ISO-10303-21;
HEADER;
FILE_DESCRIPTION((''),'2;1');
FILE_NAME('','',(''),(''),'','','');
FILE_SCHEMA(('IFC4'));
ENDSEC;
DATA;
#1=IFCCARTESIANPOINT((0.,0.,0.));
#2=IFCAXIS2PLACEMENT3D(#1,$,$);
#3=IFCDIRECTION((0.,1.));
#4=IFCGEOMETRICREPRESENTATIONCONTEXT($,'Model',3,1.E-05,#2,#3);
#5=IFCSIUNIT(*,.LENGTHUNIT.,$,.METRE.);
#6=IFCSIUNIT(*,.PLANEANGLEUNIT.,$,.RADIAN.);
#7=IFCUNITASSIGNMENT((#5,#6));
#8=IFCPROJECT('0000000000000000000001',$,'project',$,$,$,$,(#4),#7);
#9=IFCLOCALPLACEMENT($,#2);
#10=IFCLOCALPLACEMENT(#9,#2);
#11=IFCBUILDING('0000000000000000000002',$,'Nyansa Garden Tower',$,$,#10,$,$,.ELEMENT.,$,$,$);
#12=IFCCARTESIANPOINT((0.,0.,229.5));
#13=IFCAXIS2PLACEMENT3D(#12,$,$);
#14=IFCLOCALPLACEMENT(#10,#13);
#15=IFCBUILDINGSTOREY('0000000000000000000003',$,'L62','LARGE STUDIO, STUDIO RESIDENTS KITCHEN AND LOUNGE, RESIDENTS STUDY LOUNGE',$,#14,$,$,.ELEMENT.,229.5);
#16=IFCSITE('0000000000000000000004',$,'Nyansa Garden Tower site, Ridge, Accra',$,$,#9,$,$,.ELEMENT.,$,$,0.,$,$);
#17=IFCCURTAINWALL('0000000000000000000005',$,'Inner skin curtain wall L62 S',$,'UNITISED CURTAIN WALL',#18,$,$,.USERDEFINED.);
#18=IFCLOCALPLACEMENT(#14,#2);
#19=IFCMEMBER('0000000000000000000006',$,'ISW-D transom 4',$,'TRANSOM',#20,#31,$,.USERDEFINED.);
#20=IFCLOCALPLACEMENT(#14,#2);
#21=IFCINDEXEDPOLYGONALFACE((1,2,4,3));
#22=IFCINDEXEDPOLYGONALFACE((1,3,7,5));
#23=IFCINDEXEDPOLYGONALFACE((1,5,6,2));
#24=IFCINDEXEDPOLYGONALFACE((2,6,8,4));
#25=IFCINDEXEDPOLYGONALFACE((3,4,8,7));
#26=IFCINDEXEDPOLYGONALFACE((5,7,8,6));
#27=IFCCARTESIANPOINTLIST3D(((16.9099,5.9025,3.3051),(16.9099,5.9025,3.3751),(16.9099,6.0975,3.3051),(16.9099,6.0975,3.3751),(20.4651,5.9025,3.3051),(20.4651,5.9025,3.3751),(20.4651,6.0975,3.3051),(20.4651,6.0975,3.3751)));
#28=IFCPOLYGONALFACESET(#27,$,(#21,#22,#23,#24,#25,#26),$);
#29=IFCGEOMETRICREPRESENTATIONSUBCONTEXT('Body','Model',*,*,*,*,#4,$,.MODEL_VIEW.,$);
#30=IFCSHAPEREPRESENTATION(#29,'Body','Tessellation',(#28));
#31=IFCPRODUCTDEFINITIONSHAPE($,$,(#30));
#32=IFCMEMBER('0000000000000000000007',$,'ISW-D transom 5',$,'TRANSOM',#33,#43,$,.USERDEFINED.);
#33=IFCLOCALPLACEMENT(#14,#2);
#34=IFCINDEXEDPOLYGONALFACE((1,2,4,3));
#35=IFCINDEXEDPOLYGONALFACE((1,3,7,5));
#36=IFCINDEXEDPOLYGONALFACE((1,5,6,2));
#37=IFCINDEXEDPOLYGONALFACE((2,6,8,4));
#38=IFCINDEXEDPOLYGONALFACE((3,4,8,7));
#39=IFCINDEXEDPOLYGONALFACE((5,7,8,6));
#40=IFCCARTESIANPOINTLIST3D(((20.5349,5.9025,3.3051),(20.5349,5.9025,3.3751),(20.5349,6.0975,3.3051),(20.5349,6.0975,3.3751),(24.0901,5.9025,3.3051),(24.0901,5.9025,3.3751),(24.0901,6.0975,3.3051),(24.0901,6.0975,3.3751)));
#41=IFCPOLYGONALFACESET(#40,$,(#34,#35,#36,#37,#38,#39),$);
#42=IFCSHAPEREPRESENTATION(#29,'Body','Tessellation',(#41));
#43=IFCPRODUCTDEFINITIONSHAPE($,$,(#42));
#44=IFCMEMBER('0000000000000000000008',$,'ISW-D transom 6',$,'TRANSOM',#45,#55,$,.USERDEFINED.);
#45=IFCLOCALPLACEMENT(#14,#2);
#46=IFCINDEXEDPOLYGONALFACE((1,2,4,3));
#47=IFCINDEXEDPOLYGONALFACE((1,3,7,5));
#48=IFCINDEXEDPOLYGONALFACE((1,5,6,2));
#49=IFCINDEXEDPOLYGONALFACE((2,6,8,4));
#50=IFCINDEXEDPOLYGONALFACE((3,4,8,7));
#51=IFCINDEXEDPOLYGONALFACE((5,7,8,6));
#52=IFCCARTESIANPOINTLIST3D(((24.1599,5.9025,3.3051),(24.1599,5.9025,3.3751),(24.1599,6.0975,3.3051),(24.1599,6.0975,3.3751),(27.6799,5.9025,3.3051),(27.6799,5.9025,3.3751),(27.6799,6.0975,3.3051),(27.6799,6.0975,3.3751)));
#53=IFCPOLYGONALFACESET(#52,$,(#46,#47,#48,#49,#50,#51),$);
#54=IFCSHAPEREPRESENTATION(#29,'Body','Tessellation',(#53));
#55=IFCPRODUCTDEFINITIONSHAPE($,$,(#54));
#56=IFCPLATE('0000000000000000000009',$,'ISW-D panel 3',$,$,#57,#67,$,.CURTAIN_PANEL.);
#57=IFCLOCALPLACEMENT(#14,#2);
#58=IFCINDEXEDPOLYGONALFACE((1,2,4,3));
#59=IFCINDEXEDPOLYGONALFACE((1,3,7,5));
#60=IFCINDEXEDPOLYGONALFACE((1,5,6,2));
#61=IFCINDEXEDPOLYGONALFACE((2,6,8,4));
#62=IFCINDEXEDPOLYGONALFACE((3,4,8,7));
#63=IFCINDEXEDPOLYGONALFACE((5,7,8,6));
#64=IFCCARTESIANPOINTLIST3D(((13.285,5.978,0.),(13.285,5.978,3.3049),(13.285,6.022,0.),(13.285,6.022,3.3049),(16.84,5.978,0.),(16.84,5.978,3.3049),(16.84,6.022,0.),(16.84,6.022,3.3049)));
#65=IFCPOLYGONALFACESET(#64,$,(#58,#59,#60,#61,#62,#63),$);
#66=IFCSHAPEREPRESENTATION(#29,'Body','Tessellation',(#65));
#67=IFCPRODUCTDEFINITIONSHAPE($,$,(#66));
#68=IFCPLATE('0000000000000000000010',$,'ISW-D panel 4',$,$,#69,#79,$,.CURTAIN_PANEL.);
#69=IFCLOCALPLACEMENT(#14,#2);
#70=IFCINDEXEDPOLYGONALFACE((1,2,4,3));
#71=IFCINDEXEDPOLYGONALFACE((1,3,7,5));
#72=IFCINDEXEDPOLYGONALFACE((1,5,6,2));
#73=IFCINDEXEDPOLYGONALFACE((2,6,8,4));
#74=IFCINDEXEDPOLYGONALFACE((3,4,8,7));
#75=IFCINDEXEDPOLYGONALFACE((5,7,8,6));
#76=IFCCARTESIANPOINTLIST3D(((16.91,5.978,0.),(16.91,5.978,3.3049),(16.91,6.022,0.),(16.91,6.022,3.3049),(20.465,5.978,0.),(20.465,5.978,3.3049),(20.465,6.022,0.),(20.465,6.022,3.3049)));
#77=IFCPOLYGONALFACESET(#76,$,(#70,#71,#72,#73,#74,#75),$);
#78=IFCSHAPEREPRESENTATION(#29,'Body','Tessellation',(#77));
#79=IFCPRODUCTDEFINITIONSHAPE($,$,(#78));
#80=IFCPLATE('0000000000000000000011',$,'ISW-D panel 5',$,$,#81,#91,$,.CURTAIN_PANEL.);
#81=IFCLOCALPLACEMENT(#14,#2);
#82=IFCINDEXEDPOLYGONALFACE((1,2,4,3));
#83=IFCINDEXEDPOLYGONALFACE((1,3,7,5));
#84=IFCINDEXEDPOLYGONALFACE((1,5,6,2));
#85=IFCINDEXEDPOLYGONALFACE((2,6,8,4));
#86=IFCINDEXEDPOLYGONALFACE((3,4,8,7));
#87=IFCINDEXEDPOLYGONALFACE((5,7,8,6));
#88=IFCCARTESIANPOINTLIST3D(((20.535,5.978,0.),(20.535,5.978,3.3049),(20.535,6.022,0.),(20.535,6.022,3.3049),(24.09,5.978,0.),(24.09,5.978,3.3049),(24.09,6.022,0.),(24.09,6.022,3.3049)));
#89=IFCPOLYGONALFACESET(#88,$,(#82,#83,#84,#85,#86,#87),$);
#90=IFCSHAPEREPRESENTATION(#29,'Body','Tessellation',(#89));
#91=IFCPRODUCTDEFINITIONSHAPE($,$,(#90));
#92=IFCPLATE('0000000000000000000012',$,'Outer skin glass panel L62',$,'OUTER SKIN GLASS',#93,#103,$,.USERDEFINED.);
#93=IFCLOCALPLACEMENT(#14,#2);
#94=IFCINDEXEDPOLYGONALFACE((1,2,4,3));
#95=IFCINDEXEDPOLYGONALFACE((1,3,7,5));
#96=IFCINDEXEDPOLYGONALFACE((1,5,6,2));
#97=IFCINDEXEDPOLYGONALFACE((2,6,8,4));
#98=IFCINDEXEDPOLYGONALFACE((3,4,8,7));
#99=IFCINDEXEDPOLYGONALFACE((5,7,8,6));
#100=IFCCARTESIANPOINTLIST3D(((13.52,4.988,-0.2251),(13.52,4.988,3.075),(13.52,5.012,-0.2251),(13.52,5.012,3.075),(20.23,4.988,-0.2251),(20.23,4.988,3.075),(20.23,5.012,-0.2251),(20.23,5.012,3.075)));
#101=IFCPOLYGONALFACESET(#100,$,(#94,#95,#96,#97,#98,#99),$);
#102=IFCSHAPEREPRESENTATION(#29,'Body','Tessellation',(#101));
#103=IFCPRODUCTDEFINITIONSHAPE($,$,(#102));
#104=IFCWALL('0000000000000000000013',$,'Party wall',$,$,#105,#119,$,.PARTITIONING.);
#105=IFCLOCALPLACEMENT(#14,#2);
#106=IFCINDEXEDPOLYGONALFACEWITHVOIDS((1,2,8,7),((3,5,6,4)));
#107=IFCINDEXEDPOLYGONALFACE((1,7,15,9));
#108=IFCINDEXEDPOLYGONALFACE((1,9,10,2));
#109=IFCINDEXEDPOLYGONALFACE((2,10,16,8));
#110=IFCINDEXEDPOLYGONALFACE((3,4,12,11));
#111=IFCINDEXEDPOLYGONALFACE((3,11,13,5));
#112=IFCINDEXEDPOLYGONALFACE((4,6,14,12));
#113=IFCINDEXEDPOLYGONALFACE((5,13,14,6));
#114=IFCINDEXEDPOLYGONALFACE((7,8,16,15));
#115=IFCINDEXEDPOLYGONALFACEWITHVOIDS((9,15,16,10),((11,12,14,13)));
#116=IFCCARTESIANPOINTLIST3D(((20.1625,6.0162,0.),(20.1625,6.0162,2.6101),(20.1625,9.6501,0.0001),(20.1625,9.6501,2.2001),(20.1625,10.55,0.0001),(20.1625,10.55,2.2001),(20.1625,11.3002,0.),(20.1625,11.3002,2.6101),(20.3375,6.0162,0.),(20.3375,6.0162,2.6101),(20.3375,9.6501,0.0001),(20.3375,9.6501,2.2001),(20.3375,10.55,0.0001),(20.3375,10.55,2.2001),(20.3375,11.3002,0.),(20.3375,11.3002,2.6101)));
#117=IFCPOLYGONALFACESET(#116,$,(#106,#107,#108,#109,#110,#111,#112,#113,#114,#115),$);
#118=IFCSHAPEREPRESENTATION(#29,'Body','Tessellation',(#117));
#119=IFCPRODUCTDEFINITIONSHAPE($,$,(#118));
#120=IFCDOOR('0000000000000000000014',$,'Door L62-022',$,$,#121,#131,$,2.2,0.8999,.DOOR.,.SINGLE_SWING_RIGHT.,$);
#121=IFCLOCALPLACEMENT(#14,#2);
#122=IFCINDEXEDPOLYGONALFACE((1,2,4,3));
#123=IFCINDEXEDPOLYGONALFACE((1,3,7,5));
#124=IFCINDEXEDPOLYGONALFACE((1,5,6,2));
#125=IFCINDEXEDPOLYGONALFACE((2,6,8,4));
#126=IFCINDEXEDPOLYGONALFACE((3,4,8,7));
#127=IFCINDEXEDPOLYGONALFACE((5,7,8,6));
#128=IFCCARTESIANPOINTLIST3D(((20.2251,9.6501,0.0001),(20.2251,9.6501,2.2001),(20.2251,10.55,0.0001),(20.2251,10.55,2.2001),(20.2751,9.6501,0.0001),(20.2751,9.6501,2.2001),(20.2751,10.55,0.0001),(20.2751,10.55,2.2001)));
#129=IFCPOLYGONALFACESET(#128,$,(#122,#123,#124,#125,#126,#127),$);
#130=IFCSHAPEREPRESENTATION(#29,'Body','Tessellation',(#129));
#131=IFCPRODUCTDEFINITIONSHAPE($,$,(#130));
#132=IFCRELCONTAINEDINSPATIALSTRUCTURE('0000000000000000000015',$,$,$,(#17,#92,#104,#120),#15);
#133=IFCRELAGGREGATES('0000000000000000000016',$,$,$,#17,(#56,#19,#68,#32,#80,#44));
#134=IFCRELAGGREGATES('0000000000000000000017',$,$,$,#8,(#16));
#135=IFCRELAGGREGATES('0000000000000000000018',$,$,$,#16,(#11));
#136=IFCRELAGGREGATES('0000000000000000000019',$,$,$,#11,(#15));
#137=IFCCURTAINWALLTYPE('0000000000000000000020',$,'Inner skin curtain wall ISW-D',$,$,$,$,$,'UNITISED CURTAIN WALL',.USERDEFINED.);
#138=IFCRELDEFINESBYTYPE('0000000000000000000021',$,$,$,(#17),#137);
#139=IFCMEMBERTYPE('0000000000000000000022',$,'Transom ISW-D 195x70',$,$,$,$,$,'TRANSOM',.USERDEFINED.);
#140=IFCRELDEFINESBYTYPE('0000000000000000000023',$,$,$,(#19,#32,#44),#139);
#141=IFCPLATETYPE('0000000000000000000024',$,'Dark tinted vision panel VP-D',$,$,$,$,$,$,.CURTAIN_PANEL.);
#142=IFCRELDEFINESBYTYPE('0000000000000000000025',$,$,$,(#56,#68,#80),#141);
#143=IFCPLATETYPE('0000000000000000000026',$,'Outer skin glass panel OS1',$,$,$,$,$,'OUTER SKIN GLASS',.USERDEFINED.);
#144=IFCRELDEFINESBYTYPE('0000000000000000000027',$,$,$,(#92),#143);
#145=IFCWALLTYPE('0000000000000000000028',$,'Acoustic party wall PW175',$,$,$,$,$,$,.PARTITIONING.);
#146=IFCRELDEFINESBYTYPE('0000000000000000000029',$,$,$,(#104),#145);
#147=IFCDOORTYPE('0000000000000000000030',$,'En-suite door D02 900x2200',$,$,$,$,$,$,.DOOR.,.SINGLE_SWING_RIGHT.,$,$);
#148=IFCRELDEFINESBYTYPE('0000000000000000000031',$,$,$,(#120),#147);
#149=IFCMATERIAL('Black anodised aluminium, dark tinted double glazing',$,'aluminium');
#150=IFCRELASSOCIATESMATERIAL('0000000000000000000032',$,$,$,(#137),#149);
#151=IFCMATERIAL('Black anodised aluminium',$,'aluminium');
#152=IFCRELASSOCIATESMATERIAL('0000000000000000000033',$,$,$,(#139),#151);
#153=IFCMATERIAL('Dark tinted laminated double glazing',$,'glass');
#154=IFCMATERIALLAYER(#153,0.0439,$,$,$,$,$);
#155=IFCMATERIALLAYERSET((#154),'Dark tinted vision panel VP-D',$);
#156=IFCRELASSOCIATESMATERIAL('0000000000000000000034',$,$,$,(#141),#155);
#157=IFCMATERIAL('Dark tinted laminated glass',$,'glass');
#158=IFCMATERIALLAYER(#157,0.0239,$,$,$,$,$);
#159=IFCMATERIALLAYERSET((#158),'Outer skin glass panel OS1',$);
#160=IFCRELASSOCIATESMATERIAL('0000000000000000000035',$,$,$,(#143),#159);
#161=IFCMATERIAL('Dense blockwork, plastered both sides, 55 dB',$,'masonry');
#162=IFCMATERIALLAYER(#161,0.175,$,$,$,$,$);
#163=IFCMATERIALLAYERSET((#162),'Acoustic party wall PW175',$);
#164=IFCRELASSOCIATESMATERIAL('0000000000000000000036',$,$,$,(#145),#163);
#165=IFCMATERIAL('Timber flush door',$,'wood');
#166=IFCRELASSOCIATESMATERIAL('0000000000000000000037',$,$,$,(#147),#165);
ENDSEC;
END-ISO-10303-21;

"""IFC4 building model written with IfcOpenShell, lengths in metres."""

from ifc_helpers import new_model, si_unit, direction, frame, frame_2d, origin, origin_2d, place, context, subcontext, project, spatial, rectangle, extrude, material, layer, layer_set, material_profile, profile_set, type_object, element, fill, aggregate, save


model = new_model("IFC4")

# Units and contexts
model_context = context("Model", 3, precision=1e-05, world=origin(), true_north=direction((0.0, 1.0)))
body_context = subcontext(model_context, "Body", "Model", "MODEL_VIEW")
ifc_project = project(units=[si_unit("LENGTHUNIT", "METRE"), si_unit("PLANEANGLEUNIT", "RADIAN")], contexts=[model_context])

# Site, building, storey
site_placement = place(None, origin())
site = spatial("IfcSite", under=ifc_project, at=site_placement, Name="Nyansa Garden Tower site, Ridge, Accra", CompositionType="ELEMENT", RefElevation=0.0)
building_placement = place(site_placement, origin())
building = spatial("IfcBuilding", under=site, at=building_placement, Name="Nyansa Garden Tower", CompositionType="ELEMENT")
storey_placement = place(building_placement, frame((0.0, 0.0, 229.5)))
storey = spatial("IfcBuildingStorey", under=building, at=storey_placement, Name="L62", Description="LARGE STUDIO, STUDIO RESIDENTS KITCHEN AND LOUNGE, RESIDENTS STUDY LOUNGE", CompositionType="ELEMENT", Elevation=229.5)

# Curtain wall
ifc_material_1 = material(Name="Black anodised aluminium, dark tinted double glazing", Category="aluminium")
curtain_wall_type = type_object("IfcCurtainWallType", Name="Inner skin curtain wall ISW-D", ElementType="UNITISED CURTAIN WALL", PredefinedType="USERDEFINED", material=ifc_material_1)
curtain_wall_placement = place(storey_placement, origin())
curtain_wall = element("IfcCurtainWall", 1, at=curtain_wall_placement, inside=storey, type_object=curtain_wall_type, Name="Inner skin curtain wall L62 S", ObjectType="UNITISED CURTAIN WALL", PredefinedType="USERDEFINED")

# Members
ifc_material_2 = material(Name="Black anodised aluminium", Category="aluminium")
ifc_material_profile_1 = material_profile(ifc_material_2, rectangle(XDim=0.1951, YDim=0.0701, at=origin_2d()), Name="Transom 195x70")
ifc_profile_set_1 = profile_set([ifc_material_profile_1], Name="Black anodised aluminium")
member_type_1 = type_object("IfcMemberType", Name="Transom ISW-D 195x70", ElementType="TRANSOM", PredefinedType="USERDEFINED", material=ifc_profile_set_1)
member_1_placement = place(storey_placement, frame((16.9099, 6.0, 3.3401), z_axis=(1.0, 0.0, 0.0), x_axis=(0.0, 1.0, 0.0)))
member_1 = element("IfcMember", 2, at=member_1_placement, type_object=member_type_1, Name="ISW-D transom 4", ObjectType="TRANSOM", PredefinedType="USERDEFINED", context=body_context, shape_type="SweptSolid", body=[
    extrude(rectangle(XDim=0.1951, YDim=0.0701, at=origin_2d()), origin(), (0.0, 0.0, 1.0), 3.5552),
])
member_2_placement = place(storey_placement, frame((20.5349, 6.0, 3.3401), z_axis=(1.0, 0.0, 0.0), x_axis=(0.0, 1.0, 0.0)))
member_2 = element("IfcMember", 3, at=member_2_placement, type_object=member_type_1, Name="ISW-D transom 5", ObjectType="TRANSOM", PredefinedType="USERDEFINED", context=body_context, shape_type="SweptSolid", body=[
    extrude(rectangle(XDim=0.1951, YDim=0.0701, at=origin_2d()), origin(), (0.0, 0.0, 1.0), 3.5552),
])
member_3_placement = place(storey_placement, frame((24.1599, 6.0, 3.3401), z_axis=(1.0, 0.0, 0.0), x_axis=(0.0, 1.0, 0.0)))
member_3 = element("IfcMember", 4, at=member_3_placement, type_object=member_type_1, Name="ISW-D transom 6", ObjectType="TRANSOM", PredefinedType="USERDEFINED", context=body_context, shape_type="SweptSolid", body=[
    extrude(rectangle(XDim=0.1951, YDim=0.0701, at=origin_2d()), origin(), (0.0, 0.0, 1.0), 3.52),
])

# Plates
ifc_material_3 = material(Name="Dark tinted laminated double glazing", Category="glass")
ifc_layer_1 = layer(ifc_material_3, 0.0439)
ifc_layer_set_1 = layer_set([ifc_layer_1], Name="Dark tinted vision panel VP-D")
plate_type_1 = type_object("IfcPlateType", Name="Dark tinted vision panel VP-D", PredefinedType="CURTAIN_PANEL", material=ifc_layer_set_1)
plate_1_placement = place(storey_placement, frame((15.0625, 6.0, 0.0), z_axis=(0.0, 0.0, 1.0), x_axis=(1.0, 0.0, 0.0)))
plate_1 = element("IfcPlate", 5, at=plate_1_placement, type_object=plate_type_1, Name="ISW-D panel 3", PredefinedType="CURTAIN_PANEL", context=body_context, shape_type="SweptSolid", body=[
    extrude(rectangle(XDim=3.5549, YDim=0.0439, at=origin_2d()), origin(), (0.0, 0.0, 1.0), 3.3049),
])
plate_2_placement = place(storey_placement, frame((18.6875, 6.0, 0.0), z_axis=(0.0, 0.0, 1.0), x_axis=(1.0, 0.0, 0.0)))
plate_2 = element("IfcPlate", 6, at=plate_2_placement, type_object=plate_type_1, Name="ISW-D panel 4", PredefinedType="CURTAIN_PANEL", context=body_context, shape_type="SweptSolid", body=[
    extrude(rectangle(XDim=3.5549, YDim=0.0439, at=origin_2d()), origin(), (0.0, 0.0, 1.0), 3.3049),
])
plate_3_placement = place(storey_placement, frame((22.3125, 6.0, 0.0), z_axis=(0.0, 0.0, 1.0), x_axis=(1.0, 0.0, 0.0)))
plate_3 = element("IfcPlate", 7, at=plate_3_placement, type_object=plate_type_1, Name="ISW-D panel 5", PredefinedType="CURTAIN_PANEL", context=body_context, shape_type="SweptSolid", body=[
    extrude(rectangle(XDim=3.5549, YDim=0.0439, at=origin_2d()), origin(), (0.0, 0.0, 1.0), 3.3049),
])
aggregate(curtain_wall, [plate_1, member_1, plate_2, member_2, plate_3, member_3])
ifc_material_4 = material(Name="Dark tinted laminated glass", Category="glass")
ifc_layer_2 = layer(ifc_material_4, 0.0239)
ifc_layer_set_2 = layer_set([ifc_layer_2], Name="Outer skin glass panel OS1")
plate_type_2 = type_object("IfcPlateType", Name="Outer skin glass panel OS1", ElementType="OUTER SKIN GLASS", PredefinedType="USERDEFINED", material=ifc_layer_set_2)
plate_4_placement = place(storey_placement, frame((16.875, 5.0, -0.2251), z_axis=(0.0, 0.0, 1.0), x_axis=(1.0, 0.0, 0.0)))
element("IfcPlate", 8, at=plate_4_placement, inside=storey, type_object=plate_type_2, Name="Outer skin glass panel L62", ObjectType="OUTER SKIN GLASS", PredefinedType="USERDEFINED", context=body_context, shape_type="SweptSolid", body=[
    extrude(rectangle(XDim=6.71, YDim=0.0239, at=origin_2d()), origin(), (0.0, 0.0, 1.0), 3.3),
])

# Wall, opening, door
ifc_material_5 = material(Name="Dense blockwork, plastered both sides, 55 dB", Category="masonry")
ifc_layer_3 = layer(ifc_material_5, 0.175)
ifc_layer_set_3 = layer_set([ifc_layer_3], Name="Acoustic party wall PW175")
wall_type = type_object("IfcWallType", Name="Acoustic party wall PW175", PredefinedType="PARTITIONING", material=ifc_layer_set_3)
wall_placement = place(storey_placement, frame((20.25, 6.0161, 0.0), z_axis=(0.0, 0.0, 1.0), x_axis=(0.0, 1.0, 0.0)))
wall = element("IfcWall", 9, at=wall_placement, inside=storey, type_object=wall_type, Name="Party wall", PredefinedType="PARTITIONING", context=body_context, shape_type="SweptSolid", body=[
    extrude(rectangle(XDim=5.2839, YDim=0.175, at=frame_2d((2.6421, 0.0))), origin(), (0.0, 0.0, 1.0), 2.6101),
])
opening_placement = place(wall_placement, frame((3.634, 0.0, 0.0)))
opening = element("IfcOpeningElement", 10, at=opening_placement, cuts=wall, PredefinedType="OPENING", context=body_context, shape_type="SweptSolid", body=[
    extrude(rectangle(XDim=0.8999, YDim=2.2, at=frame_2d((0.45, 1.1001))), frame((0.0, 0.0974, 0.0), z_axis=(0.0, -1.0, 0.0), x_axis=(1.0, 0.0, 0.0)), (0.0, 0.0, 1.0), 0.1951),
])
ifc_material_6 = material(Name="Timber flush door", Category="wood")
door_type = type_object("IfcDoorType", Name="En-suite door D02 900x2200", OperationType="SINGLE_SWING_RIGHT", PredefinedType="DOOR", material=ifc_material_6)
door_placement = place(opening_placement, origin())
door = element("IfcDoor", 11, at=door_placement, inside=storey, type_object=door_type, Name="Door L62-022", OperationType="SINGLE_SWING_RIGHT", OverallHeight=2.2, OverallWidth=0.8999, PredefinedType="DOOR", context=body_context, shape_type="SweptSolid", body=[
    extrude(rectangle(XDim=0.8999, YDim=2.2, at=frame_2d((0.45, 1.1001))), frame((0.0, 0.0249, 0.0), z_axis=(0.0, -1.0, 0.0), x_axis=(1.0, 0.0, 0.0)), (0.0, 0.0, 1.0), 0.05),
])
fill(opening, door)

save(model, "model.ifc")
